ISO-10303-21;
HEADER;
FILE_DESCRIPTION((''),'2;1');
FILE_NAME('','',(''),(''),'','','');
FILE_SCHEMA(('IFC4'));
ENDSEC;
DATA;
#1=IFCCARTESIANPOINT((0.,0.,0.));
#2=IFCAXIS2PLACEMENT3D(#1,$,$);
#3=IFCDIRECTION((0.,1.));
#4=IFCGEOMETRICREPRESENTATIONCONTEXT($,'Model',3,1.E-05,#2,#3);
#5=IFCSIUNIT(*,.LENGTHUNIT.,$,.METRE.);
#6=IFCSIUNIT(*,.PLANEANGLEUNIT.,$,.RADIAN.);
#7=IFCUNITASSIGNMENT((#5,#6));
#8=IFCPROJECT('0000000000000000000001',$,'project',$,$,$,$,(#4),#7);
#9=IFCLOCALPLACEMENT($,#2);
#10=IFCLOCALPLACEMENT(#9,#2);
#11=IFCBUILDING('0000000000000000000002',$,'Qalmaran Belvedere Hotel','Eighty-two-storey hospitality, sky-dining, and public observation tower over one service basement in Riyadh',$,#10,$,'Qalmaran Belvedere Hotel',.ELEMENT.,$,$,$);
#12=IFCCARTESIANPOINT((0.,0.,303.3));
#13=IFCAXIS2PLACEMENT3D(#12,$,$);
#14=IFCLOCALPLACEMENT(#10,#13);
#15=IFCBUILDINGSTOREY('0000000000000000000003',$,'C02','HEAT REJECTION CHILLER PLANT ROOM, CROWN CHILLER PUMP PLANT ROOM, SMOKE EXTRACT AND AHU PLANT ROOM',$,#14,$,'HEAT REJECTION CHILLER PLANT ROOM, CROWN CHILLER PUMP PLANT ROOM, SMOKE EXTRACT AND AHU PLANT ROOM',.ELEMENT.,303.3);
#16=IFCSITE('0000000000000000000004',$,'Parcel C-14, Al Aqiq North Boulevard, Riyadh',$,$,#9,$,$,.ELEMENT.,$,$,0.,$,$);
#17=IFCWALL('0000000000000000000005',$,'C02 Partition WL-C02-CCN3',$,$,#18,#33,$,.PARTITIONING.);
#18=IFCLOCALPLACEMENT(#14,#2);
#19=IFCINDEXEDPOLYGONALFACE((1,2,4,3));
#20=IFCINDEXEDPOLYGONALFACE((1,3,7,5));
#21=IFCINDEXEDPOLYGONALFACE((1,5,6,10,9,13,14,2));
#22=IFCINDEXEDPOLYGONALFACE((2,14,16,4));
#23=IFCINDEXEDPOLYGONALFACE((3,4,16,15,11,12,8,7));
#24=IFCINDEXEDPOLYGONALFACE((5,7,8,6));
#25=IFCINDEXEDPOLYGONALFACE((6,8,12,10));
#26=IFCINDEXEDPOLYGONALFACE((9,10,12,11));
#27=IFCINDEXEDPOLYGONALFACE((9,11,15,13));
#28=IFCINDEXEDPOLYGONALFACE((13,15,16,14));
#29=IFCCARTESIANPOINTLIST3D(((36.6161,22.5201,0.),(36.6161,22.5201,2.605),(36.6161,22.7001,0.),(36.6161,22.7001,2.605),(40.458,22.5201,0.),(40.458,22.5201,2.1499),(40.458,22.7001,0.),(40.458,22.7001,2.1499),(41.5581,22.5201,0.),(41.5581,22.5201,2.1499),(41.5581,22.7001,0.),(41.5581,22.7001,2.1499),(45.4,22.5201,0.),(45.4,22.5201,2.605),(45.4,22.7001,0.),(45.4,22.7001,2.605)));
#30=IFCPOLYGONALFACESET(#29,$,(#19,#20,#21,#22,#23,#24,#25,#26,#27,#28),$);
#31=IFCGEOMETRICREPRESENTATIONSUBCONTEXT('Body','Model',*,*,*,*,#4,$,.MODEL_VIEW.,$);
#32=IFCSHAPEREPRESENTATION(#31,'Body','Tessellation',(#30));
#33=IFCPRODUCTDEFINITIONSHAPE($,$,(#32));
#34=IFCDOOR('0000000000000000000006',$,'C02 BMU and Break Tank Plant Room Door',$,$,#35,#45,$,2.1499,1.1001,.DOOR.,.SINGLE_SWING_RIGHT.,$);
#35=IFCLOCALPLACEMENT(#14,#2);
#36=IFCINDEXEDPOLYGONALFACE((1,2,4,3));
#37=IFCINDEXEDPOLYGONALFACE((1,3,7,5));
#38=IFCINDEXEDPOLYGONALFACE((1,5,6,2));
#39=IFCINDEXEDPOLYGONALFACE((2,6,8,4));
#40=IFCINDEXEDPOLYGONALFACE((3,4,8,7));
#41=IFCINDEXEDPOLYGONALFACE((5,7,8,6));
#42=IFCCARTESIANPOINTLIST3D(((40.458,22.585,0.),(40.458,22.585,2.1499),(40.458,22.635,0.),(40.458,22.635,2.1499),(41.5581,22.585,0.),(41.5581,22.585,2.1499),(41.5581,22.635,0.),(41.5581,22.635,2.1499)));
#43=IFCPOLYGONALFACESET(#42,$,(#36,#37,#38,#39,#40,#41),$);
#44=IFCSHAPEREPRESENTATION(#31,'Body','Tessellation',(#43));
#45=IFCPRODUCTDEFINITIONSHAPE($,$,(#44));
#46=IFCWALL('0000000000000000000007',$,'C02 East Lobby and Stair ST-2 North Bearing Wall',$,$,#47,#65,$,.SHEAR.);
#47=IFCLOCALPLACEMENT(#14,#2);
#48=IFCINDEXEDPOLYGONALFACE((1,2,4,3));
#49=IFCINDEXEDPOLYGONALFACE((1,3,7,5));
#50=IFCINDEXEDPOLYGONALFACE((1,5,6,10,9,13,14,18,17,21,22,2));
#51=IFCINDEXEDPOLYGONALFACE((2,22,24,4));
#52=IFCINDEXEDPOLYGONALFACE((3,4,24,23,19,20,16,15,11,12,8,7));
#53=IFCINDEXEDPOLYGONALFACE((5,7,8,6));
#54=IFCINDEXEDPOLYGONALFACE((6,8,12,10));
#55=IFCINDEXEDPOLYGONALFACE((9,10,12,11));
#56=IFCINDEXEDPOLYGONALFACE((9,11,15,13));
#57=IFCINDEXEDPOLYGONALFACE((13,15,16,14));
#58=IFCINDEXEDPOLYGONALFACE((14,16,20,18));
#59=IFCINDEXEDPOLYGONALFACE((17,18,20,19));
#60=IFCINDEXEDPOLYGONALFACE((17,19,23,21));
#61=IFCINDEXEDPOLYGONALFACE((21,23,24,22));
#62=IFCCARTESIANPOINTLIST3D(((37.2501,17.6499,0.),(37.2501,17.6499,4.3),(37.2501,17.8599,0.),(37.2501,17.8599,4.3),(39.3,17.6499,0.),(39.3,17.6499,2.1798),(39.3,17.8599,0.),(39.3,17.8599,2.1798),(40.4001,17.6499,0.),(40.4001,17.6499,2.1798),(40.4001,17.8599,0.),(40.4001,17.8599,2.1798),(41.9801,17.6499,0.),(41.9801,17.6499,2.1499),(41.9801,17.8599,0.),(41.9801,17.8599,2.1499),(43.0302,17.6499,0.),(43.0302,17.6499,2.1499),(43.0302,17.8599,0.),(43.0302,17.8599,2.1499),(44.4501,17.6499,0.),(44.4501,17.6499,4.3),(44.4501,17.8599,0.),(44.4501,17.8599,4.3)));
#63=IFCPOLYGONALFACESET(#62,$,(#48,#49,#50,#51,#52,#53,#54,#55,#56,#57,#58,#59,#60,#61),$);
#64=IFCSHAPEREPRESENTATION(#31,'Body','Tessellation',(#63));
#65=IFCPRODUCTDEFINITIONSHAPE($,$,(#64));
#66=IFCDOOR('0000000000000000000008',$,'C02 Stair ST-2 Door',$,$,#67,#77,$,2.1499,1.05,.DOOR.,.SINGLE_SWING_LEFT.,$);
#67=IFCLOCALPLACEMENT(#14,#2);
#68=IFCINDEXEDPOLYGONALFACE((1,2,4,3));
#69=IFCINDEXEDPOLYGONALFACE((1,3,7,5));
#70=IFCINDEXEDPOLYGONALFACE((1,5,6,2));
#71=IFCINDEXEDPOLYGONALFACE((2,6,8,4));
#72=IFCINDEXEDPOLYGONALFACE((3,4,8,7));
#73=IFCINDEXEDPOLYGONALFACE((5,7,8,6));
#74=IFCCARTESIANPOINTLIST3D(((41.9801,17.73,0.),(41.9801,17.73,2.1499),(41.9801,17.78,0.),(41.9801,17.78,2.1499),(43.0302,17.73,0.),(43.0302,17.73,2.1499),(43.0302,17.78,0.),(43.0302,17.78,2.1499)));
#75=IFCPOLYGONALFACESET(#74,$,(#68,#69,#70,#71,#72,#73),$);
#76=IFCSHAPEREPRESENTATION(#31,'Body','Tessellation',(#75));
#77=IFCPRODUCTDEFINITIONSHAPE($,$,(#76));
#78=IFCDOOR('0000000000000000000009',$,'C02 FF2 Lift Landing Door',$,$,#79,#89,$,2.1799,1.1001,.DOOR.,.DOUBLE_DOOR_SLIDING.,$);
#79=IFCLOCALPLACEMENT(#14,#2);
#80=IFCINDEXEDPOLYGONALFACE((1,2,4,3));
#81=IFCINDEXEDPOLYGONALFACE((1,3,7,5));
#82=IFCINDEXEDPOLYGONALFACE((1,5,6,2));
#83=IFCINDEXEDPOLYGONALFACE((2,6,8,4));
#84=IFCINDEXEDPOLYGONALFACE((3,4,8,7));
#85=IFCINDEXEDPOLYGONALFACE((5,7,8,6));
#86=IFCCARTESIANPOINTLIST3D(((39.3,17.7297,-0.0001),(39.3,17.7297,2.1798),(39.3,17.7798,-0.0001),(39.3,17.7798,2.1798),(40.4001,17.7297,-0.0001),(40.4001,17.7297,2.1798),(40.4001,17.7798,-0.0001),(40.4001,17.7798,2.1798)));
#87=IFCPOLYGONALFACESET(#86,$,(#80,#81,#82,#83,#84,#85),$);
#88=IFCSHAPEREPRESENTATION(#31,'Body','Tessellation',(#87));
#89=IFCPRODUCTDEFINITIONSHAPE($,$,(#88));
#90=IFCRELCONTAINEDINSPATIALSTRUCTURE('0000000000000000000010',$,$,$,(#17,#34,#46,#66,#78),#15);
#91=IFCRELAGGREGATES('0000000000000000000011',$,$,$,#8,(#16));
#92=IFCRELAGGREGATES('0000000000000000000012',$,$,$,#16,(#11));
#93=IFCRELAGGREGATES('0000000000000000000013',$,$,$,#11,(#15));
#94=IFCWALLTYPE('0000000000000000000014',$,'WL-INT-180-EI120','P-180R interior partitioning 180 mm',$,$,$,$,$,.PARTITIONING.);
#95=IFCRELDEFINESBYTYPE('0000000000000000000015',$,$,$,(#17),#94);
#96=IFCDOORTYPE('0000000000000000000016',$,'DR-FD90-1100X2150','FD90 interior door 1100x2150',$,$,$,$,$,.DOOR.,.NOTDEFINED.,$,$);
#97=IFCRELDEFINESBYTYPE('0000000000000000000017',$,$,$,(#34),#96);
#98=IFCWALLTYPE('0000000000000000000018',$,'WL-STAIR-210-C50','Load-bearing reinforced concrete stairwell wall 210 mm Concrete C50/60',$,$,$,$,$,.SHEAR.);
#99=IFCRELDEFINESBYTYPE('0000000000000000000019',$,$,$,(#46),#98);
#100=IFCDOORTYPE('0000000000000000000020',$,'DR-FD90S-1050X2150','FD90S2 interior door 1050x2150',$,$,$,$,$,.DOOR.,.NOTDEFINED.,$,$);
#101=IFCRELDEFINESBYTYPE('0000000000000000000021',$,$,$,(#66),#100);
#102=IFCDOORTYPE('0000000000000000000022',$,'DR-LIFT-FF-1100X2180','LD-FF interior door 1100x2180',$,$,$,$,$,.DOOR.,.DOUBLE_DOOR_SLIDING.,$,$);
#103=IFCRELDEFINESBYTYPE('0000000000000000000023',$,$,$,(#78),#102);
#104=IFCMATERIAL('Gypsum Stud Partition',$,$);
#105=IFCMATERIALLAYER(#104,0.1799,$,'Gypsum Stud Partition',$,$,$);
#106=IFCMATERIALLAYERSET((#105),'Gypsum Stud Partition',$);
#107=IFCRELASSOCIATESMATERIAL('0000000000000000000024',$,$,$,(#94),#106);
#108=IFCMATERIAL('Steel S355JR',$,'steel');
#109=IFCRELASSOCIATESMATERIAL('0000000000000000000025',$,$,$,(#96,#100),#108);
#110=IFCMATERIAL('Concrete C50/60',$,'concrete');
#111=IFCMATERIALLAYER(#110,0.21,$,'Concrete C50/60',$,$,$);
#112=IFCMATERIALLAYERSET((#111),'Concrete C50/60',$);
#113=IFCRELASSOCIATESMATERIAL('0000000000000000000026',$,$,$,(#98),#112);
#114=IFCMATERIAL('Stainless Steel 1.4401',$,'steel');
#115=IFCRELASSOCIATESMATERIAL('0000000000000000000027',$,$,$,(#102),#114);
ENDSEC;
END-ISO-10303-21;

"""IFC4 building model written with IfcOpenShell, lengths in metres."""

from ifc_helpers import new_model, si_unit, direction, frame, frame_2d, origin, place, context, subcontext, project, spatial, rectangle, extrude, material, layer, layer_set, type_object, element, fill, save


model = new_model("IFC4")

# Units and contexts
model_context = context("Model", 3, precision=1e-05, world=origin(), true_north=direction((0.0, 1.0)))
body_context = subcontext(model_context, "Body", "Model", "MODEL_VIEW")
ifc_project = project(units=[si_unit("LENGTHUNIT", "METRE"), si_unit("PLANEANGLEUNIT", "RADIAN")], contexts=[model_context])

# Site, building, storey
site_placement = place(None, origin())
site = spatial("IfcSite", under=ifc_project, at=site_placement, Name="Parcel C-14, Al Aqiq North Boulevard, Riyadh", CompositionType="ELEMENT", RefElevation=0.0)
building_placement = place(site_placement, origin())
building = spatial("IfcBuilding", under=site, at=building_placement, Name="Qalmaran Belvedere Hotel", Description="Eighty-two-storey hospitality, sky-dining, and public observation tower over one service basement in Riyadh", LongName="Qalmaran Belvedere Hotel", CompositionType="ELEMENT")
storey_placement = place(building_placement, frame((0.0, 0.0, 303.3)))
storey = spatial("IfcBuildingStorey", under=building, at=storey_placement, Name="C02", Description="HEAT REJECTION CHILLER PLANT ROOM, CROWN CHILLER PUMP PLANT ROOM, SMOKE EXTRACT AND AHU PLANT ROOM", LongName="HEAT REJECTION CHILLER PLANT ROOM, CROWN CHILLER PUMP PLANT ROOM, SMOKE EXTRACT AND AHU PLANT ROOM", CompositionType="ELEMENT", Elevation=303.3)

# Shared definitions
ifc_material_1 = material(Name="Concrete C50/60", Category="concrete")

# Shared definitions
ifc_material_2 = material(Name="Steel S355JR", Category="steel")

# Shared definitions
ifc_material_3 = material(Name="Gypsum Stud Partition")

# Wall, opening, door
ifc_layer_1 = layer(ifc_material_3, 0.1799, Name="Gypsum Stud Partition")
ifc_layer_set_1 = layer_set([ifc_layer_1], Name="Gypsum Stud Partition")
wall_type_1 = type_object("IfcWallType", Name="WL-INT-180-EI120", Description="P-180R interior partitioning 180 mm", PredefinedType="PARTITIONING", material=ifc_layer_set_1)
wall_1_placement = place(storey_placement, frame((36.616, 22.6101, 0.0), z_axis=(0.0, 0.0, 1.0), x_axis=(1.0, 0.0, 0.0)))
wall_1 = element("IfcWall", 1, at=wall_1_placement, inside=storey, type_object=wall_type_1, Name="C02 Partition WL-C02-CCN3", PredefinedType="PARTITIONING", context=body_context, shape_type="SweptSolid", body=[
    extrude(rectangle(XDim=8.7839, YDim=0.1799, at=frame_2d((4.3921, 0.0))), origin(), (0.0, 0.0, 1.0), 2.605),
])
opening_1_placement = place(wall_1_placement, frame((3.842, 0.0, 0.0)))
opening_1 = element("IfcOpeningElement", 2, at=opening_1_placement, cuts=wall_1, PredefinedType="OPENING", context=body_context, shape_type="SweptSolid", body=[
    extrude(rectangle(XDim=1.1001, YDim=2.1499, at=frame_2d((0.55, 1.075))), frame((0.0, 0.1001, 0.0), z_axis=(0.0, -1.0, 0.0), x_axis=(1.0, 0.0, 0.0)), (0.0, 0.0, 1.0), 0.2),
])
door_type_1 = type_object("IfcDoorType", Name="DR-FD90-1100X2150", Description="FD90 interior door 1100x2150", OperationType="NOTDEFINED", PredefinedType="DOOR", material=ifc_material_2)
door_1_placement = place(opening_1_placement, origin())
door_1 = element("IfcDoor", 3, at=door_1_placement, inside=storey, type_object=door_type_1, Name="C02 BMU and Break Tank Plant Room Door", OperationType="SINGLE_SWING_RIGHT", OverallHeight=2.1499, OverallWidth=1.1001, PredefinedType="DOOR", context=body_context, shape_type="SweptSolid", body=[
    extrude(rectangle(XDim=1.1001, YDim=2.1499, at=frame_2d((0.55, 1.075))), frame((0.0, 0.0249, 0.0), z_axis=(0.0, -1.0, 0.0), x_axis=(1.0, 0.0, 0.0)), (0.0, 0.0, 1.0), 0.05),
])
fill(opening_1, door_1)

# Wall, openings, doors
ifc_layer_2 = layer(ifc_material_1, 0.21, Name="Concrete C50/60")
ifc_layer_set_2 = layer_set([ifc_layer_2], Name="Concrete C50/60")
wall_type_2 = type_object("IfcWallType", Name="WL-STAIR-210-C50", Description="Load-bearing reinforced concrete stairwell wall 210 mm Concrete C50/60", PredefinedType="SHEAR", material=ifc_layer_set_2)
wall_2_placement = place(storey_placement, frame((37.25, 17.7549, 0.0), z_axis=(0.0, 0.0, 1.0), x_axis=(1.0, 0.0, 0.0)))
wall_2 = element("IfcWall", 4, at=wall_2_placement, inside=storey, type_object=wall_type_2, Name="C02 East Lobby and Stair ST-2 North Bearing Wall", PredefinedType="SHEAR", context=body_context, shape_type="SweptSolid", body=[
    extrude(rectangle(XDim=7.2, YDim=0.21, at=frame_2d((3.6001, 0.0))), origin(), (0.0, 0.0, 1.0), 4.3),
])
opening_2_placement = place(wall_2_placement, frame((2.05, 0.0, 0.0)))
opening_2 = element("IfcOpeningElement", 5, at=opening_2_placement, cuts=wall_2, PredefinedType="OPENING", context=body_context, shape_type="SweptSolid", body=[
    extrude(rectangle(XDim=1.1001, YDim=2.1799, at=frame_2d((0.55, 1.0898))), frame((0.0, 0.115, 0.0), z_axis=(0.0, -1.0, 0.0), x_axis=(1.0, 0.0, 0.0)), (0.0, 0.0, 1.0), 0.23),
])
opening_3_placement = place(wall_2_placement, frame((5.78, 0.0, 0.0), z_axis=(0.0, 0.0, 1.0), x_axis=(-1.0, 0.0, 0.0)))
opening_3 = element("IfcOpeningElement", 6, at=opening_3_placement, cuts=wall_2, PredefinedType="OPENING", context=body_context, shape_type="SweptSolid", body=[
    extrude(rectangle(XDim=1.05, YDim=2.1499, at=frame_2d((0.5249, 1.075))), frame((0.0, 0.115, 0.0), z_axis=(0.0, -1.0, 0.0), x_axis=(1.0, 0.0, 0.0)), (0.0, 0.0, 1.0), 0.23),
])
door_type_2 = type_object("IfcDoorType", Name="DR-FD90S-1050X2150", Description="FD90S2 interior door 1050x2150", OperationType="NOTDEFINED", PredefinedType="DOOR", material=ifc_material_2)
door_2_placement = place(opening_3_placement, origin())
door_2 = element("IfcDoor", 7, at=door_2_placement, inside=storey, type_object=door_type_2, Name="C02 Stair ST-2 Door", OperationType="SINGLE_SWING_LEFT", OverallHeight=2.1499, OverallWidth=1.05, PredefinedType="DOOR", context=body_context, shape_type="SweptSolid", body=[
    extrude(rectangle(XDim=1.05, YDim=2.1499, at=frame_2d((0.5249, 1.075))), frame((0.0, 0.0249, 0.0), z_axis=(0.0, -1.0, 0.0), x_axis=(1.0, 0.0, 0.0)), (0.0, 0.0, 1.0), 0.05),
])
fill(opening_3, door_2)
ifc_material_4 = material(Name="Stainless Steel 1.4401", Category="steel")
door_type_3 = type_object("IfcDoorType", Name="DR-LIFT-FF-1100X2180", Description="LD-FF interior door 1100x2180", OperationType="DOUBLE_DOOR_SLIDING", PredefinedType="DOOR", material=ifc_material_4)
door_3_placement = place(opening_2_placement, origin())
door_3 = element("IfcDoor", 8, at=door_3_placement, inside=storey, type_object=door_type_3, Name="C02 FF2 Lift Landing Door", OperationType="DOUBLE_DOOR_SLIDING", OverallHeight=2.1799, OverallWidth=1.1001, PredefinedType="DOOR", context=body_context, shape_type="SweptSolid", body=[
    extrude(rectangle(XDim=1.1001, YDim=2.1799, at=frame_2d((0.55, 1.0898))), frame((0.0, 0.0249, 0.0), z_axis=(0.0, -1.0, 0.0), x_axis=(1.0, 0.0, 0.0)), (0.0, 0.0, 1.0), 0.05),
])
fill(opening_2, door_3)

save(model, "model.ifc")
